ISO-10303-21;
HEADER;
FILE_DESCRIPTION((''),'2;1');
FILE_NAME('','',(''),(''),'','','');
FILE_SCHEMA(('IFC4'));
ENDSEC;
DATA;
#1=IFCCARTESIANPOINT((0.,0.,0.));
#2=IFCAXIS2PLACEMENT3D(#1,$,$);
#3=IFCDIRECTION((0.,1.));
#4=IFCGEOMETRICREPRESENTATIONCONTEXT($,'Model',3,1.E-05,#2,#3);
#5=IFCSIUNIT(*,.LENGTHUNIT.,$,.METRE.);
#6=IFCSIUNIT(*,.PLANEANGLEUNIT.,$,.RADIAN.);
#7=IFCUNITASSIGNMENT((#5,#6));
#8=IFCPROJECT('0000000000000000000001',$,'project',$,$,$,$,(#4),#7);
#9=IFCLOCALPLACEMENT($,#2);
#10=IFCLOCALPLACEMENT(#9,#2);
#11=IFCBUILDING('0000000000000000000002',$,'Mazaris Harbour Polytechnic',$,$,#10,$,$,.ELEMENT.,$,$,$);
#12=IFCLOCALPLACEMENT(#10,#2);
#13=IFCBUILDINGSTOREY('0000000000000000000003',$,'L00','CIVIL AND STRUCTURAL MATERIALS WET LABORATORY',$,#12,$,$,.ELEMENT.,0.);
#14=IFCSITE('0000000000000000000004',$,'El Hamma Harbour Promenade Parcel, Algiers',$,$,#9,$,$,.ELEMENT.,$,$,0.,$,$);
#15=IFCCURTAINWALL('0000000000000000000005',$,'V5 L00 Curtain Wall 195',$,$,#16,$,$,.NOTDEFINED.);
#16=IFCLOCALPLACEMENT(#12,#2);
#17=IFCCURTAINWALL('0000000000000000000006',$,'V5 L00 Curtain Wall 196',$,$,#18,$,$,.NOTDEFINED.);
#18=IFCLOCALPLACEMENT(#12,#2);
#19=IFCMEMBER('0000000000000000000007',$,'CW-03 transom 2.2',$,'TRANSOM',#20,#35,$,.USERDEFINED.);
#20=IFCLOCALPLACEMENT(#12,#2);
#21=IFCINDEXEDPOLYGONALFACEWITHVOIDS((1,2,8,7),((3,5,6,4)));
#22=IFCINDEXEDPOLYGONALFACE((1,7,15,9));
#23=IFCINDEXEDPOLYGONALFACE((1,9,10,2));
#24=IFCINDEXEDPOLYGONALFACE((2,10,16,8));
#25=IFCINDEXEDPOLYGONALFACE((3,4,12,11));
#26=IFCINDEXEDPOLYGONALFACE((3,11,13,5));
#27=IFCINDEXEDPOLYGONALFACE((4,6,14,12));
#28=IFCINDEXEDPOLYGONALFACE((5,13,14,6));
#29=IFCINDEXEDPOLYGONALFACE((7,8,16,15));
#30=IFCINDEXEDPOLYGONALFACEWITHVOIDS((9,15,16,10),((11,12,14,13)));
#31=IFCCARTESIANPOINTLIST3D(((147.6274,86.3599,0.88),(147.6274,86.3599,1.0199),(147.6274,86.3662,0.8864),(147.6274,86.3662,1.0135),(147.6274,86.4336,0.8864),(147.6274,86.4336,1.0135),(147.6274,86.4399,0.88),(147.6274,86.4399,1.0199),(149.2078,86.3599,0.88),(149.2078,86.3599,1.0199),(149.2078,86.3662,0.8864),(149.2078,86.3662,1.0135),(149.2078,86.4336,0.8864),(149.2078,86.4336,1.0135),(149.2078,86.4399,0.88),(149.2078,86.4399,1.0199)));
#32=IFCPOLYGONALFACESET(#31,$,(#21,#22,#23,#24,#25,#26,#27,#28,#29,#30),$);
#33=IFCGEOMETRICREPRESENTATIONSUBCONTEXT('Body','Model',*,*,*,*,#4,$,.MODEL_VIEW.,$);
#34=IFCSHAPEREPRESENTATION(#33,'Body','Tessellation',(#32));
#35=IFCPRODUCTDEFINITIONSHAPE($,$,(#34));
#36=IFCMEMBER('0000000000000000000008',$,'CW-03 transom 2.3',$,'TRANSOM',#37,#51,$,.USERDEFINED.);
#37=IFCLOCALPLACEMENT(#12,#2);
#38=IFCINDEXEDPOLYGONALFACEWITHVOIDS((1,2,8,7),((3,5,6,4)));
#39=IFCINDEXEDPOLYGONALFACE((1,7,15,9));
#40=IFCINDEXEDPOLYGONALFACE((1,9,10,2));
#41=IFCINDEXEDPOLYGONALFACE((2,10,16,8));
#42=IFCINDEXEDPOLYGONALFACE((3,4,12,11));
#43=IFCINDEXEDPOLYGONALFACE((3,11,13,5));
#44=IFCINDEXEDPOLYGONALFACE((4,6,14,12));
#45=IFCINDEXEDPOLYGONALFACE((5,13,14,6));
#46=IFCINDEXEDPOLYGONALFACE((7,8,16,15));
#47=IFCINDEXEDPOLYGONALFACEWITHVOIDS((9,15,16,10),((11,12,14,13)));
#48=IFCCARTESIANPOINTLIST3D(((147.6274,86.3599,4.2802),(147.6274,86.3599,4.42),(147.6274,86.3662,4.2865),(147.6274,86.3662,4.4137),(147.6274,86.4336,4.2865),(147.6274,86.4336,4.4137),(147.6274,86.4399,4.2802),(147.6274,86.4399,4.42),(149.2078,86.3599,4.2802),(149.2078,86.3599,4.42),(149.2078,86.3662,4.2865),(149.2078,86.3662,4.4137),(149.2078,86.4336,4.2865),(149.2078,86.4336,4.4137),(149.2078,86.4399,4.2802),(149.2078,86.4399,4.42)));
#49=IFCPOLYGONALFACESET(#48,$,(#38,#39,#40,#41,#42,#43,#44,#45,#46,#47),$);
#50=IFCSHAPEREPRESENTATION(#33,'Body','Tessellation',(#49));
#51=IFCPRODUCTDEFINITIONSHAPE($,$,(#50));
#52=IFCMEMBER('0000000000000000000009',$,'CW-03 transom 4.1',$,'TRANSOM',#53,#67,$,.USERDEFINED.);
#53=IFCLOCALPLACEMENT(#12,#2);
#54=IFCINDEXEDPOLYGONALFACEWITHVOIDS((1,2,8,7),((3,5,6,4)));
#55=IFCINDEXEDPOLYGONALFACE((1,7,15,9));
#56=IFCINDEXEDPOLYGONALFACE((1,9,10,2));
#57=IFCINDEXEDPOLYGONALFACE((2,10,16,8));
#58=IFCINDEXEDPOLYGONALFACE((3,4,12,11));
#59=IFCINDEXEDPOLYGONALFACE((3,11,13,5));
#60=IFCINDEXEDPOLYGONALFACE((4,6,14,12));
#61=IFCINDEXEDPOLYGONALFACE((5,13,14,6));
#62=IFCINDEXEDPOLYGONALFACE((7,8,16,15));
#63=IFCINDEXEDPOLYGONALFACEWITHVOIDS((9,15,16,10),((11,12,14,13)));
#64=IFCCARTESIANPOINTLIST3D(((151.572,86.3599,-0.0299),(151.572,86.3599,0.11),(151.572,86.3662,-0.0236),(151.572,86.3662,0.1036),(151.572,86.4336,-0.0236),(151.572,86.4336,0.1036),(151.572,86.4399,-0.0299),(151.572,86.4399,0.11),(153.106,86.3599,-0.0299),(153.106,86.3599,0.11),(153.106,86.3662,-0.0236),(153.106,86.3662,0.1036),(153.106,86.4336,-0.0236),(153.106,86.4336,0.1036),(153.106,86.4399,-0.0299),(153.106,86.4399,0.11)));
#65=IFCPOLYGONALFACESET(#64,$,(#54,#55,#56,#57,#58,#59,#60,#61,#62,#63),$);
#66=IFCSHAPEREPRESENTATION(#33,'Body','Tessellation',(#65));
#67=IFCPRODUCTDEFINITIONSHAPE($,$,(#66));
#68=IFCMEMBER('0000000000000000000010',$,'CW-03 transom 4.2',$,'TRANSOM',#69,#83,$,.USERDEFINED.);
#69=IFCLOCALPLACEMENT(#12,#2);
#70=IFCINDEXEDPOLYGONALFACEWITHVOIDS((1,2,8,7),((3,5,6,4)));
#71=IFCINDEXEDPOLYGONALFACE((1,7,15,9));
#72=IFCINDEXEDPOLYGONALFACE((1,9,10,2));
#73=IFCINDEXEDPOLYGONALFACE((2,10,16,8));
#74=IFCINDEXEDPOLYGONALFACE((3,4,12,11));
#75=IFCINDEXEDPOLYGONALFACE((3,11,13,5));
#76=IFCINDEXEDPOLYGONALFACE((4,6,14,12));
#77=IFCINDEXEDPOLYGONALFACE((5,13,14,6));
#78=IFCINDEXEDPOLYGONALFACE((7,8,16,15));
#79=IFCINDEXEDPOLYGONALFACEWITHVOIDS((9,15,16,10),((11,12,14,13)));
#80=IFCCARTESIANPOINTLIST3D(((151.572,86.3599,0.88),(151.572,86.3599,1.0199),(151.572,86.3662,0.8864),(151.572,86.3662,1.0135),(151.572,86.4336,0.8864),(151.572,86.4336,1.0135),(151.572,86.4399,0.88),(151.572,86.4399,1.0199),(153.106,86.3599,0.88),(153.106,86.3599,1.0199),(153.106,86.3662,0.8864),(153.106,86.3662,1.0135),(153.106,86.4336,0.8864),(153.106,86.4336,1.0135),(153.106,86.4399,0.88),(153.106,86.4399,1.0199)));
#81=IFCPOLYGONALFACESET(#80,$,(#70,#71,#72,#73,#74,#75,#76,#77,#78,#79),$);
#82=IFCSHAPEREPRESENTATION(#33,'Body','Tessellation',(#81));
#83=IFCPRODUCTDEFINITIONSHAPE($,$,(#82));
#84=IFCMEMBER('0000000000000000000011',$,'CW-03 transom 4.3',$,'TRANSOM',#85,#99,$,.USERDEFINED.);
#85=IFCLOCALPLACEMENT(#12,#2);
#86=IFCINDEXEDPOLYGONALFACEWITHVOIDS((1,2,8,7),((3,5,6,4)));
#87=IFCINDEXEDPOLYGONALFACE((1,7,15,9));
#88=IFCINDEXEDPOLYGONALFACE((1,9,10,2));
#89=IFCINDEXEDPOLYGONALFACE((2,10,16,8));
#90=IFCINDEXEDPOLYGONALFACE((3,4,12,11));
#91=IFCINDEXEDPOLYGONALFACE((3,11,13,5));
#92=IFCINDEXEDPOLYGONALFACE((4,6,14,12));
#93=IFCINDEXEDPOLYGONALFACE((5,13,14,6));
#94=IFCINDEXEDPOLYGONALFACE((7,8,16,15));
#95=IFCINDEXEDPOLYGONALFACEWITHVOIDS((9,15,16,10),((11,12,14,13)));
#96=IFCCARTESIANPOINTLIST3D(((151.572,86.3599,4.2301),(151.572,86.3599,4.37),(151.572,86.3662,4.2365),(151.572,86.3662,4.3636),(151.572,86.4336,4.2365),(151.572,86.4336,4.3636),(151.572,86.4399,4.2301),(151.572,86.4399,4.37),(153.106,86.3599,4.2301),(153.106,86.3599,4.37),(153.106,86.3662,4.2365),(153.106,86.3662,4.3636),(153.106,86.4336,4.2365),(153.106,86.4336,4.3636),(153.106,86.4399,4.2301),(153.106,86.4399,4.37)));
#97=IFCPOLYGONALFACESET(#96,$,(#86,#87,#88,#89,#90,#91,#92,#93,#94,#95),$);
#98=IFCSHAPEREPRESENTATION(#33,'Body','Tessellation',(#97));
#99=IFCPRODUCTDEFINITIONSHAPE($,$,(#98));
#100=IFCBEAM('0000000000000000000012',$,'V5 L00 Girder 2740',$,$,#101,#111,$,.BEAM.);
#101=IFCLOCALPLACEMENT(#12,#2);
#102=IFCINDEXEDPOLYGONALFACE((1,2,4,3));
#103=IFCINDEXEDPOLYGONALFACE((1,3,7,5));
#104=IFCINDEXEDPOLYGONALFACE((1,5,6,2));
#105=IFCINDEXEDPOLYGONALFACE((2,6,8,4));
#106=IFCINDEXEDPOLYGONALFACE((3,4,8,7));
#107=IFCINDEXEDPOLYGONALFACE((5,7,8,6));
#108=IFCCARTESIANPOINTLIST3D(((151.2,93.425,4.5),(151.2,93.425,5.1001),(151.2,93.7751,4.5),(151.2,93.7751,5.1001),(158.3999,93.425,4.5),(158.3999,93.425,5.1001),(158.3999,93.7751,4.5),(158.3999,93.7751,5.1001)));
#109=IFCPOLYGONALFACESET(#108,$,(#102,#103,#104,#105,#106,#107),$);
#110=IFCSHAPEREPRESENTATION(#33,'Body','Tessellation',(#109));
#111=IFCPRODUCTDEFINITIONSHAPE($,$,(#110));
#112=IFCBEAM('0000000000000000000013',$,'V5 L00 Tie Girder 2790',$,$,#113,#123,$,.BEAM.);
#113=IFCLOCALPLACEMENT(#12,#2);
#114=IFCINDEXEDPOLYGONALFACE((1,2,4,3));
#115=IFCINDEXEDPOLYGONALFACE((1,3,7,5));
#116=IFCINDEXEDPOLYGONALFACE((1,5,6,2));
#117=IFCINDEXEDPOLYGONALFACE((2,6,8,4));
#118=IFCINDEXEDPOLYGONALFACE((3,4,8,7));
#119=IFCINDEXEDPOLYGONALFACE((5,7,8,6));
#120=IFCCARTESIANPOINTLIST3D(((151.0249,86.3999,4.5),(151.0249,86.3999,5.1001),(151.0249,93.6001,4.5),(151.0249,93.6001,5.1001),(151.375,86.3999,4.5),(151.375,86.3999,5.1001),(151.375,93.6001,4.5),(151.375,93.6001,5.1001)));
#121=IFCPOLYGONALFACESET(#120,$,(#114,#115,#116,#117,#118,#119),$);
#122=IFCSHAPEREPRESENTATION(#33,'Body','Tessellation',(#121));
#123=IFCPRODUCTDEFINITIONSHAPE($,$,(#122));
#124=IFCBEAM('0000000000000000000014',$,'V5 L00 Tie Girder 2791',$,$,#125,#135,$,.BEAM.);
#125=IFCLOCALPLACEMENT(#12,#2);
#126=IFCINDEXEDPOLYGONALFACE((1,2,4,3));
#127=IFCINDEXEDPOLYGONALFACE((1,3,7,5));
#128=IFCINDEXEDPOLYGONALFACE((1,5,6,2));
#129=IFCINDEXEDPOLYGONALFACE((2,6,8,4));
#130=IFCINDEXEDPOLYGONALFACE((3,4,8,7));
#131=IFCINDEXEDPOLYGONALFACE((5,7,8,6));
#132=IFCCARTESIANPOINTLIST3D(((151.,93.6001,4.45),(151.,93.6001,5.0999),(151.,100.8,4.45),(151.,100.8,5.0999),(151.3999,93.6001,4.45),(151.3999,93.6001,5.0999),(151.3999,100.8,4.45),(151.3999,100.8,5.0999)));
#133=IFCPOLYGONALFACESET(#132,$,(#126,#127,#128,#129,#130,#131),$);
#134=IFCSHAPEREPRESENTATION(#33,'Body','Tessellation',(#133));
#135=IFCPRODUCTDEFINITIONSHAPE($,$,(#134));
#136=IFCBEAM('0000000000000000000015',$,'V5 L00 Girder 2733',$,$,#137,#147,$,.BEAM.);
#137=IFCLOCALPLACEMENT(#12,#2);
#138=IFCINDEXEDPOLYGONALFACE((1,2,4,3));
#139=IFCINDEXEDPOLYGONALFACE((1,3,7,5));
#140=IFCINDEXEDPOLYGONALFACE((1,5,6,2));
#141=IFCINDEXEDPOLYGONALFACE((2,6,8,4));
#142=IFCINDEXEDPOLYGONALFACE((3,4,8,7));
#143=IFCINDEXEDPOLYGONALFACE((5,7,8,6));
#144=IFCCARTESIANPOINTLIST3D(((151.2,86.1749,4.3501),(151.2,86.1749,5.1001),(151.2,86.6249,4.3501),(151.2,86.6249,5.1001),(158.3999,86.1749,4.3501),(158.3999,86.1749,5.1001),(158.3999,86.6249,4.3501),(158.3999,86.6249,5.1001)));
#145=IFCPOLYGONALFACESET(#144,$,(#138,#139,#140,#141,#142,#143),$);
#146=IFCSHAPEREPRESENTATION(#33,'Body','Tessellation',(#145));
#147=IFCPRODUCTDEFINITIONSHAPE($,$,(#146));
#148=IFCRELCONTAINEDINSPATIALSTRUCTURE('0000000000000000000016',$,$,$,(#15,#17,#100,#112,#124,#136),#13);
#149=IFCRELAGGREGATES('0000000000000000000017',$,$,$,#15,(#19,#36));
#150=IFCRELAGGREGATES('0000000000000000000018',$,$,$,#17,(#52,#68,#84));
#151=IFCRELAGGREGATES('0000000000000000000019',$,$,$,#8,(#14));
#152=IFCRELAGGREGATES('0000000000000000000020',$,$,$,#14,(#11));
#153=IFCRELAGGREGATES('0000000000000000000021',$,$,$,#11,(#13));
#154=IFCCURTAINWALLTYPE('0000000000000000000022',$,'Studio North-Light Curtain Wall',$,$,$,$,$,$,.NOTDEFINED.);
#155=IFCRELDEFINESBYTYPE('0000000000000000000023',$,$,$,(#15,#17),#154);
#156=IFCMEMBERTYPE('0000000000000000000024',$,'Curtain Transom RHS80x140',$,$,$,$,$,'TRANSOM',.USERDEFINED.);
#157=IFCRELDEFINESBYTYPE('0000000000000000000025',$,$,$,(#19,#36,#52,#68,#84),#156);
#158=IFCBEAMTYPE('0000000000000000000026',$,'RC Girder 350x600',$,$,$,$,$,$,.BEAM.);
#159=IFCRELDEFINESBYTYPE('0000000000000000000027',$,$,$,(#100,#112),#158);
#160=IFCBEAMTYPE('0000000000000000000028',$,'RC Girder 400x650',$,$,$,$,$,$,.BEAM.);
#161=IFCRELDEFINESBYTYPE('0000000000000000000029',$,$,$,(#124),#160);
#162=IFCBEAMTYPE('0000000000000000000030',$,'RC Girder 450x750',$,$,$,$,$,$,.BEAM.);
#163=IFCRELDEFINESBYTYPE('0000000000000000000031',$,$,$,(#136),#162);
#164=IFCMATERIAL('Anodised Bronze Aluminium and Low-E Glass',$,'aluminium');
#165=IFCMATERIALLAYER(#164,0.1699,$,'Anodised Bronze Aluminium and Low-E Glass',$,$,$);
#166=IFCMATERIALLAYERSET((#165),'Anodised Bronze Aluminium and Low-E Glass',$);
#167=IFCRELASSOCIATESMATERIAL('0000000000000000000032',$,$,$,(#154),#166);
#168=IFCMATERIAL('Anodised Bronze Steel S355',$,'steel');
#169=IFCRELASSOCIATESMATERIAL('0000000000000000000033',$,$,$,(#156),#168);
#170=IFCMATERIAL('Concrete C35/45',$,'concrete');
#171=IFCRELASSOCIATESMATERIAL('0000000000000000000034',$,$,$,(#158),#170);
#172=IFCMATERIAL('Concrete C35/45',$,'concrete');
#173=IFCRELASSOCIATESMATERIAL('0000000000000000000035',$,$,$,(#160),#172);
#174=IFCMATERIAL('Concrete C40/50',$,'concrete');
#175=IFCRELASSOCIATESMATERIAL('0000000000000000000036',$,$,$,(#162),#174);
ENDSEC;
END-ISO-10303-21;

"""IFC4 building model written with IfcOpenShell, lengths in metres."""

from ifc_helpers import new_model, si_unit, direction, frame, origin, origin_2d, place, context, subcontext, project, spatial, rectangle, hollow_rectangle, extrude, material, layer, layer_set, material_profile, profile_set, type_object, element, aggregate, save


model = new_model("IFC4")

# Units and contexts
model_context = context("Model", 3, precision=1e-05, world=origin(), true_north=direction((0.0, 1.0)))
body_context = subcontext(model_context, "Body", "Model", "MODEL_VIEW")
ifc_project = project(units=[si_unit("LENGTHUNIT", "METRE"), si_unit("PLANEANGLEUNIT", "RADIAN")], contexts=[model_context])

# Site, building, storey
site_placement = place(None, origin())
site = spatial("IfcSite", under=ifc_project, at=site_placement, Name="El Hamma Harbour Promenade Parcel, Algiers", CompositionType="ELEMENT", RefElevation=0.0)
building_placement = place(site_placement, origin())
building = spatial("IfcBuilding", under=site, at=building_placement, Name="Mazaris Harbour Polytechnic", CompositionType="ELEMENT")
storey_placement = place(building_placement, origin())
storey = spatial("IfcBuildingStorey", under=building, at=storey_placement, Name="L00", Description="CIVIL AND STRUCTURAL MATERIALS WET LABORATORY", CompositionType="ELEMENT", Elevation=0.0)

# Curtain walls
ifc_material_1 = material(Name="Anodised Bronze Aluminium and Low-E Glass", Category="aluminium")
ifc_layer_1 = layer(ifc_material_1, 0.1699, Name="Anodised Bronze Aluminium and Low-E Glass")
ifc_layer_set_1 = layer_set([ifc_layer_1], Name="Anodised Bronze Aluminium and Low-E Glass")
curtain_wall_type = type_object("IfcCurtainWallType", Name="Studio North-Light Curtain Wall", PredefinedType="NOTDEFINED", material=ifc_layer_set_1)
curtain_wall_1_placement = place(storey_placement, origin())
curtain_wall_1 = element("IfcCurtainWall", 1, at=curtain_wall_1_placement, inside=storey, type_object=curtain_wall_type, Name="V5 L00 Curtain Wall 195", PredefinedType="NOTDEFINED")
curtain_wall_2_placement = place(storey_placement, origin())
curtain_wall_2 = element("IfcCurtainWall", 2, at=curtain_wall_2_placement, inside=storey, type_object=curtain_wall_type, Name="V5 L00 Curtain Wall 196", PredefinedType="NOTDEFINED")

# Members
ifc_material_2 = material(Name="Anodised Bronze Steel S355", Category="steel")
ifc_material_profile_1 = material_profile(ifc_material_2, hollow_rectangle(XDim=0.0801, YDim=0.1399, WallThickness=0.0063, at=origin_2d()), Name="RHS 80x140x6.3")
ifc_profile_set_1 = profile_set([ifc_material_profile_1], Name="Anodised Bronze Steel S355")
member_type_1 = type_object("IfcMemberType", Name="Curtain Transom RHS80x140", ElementType="TRANSOM", PredefinedType="USERDEFINED", material=ifc_profile_set_1)
member_1_placement = place(storey_placement, frame((149.2078, 86.3999, 0.95), z_axis=(-1.0, 0.0, 0.0), x_axis=(0.0, -1.0, 0.0)))
member_1 = element("IfcMember", 3, at=member_1_placement, type_object=member_type_1, Name="CW-03 transom 2.2", ObjectType="TRANSOM", PredefinedType="USERDEFINED", context=body_context, shape_type="SweptSolid", body=[
    extrude(hollow_rectangle(XDim=0.0801, YDim=0.1399, WallThickness=0.0063, at=origin_2d()), origin(), (0.0, 0.0, 1.0), 1.5803),
])
member_2_placement = place(storey_placement, frame((149.2078, 86.3999, 4.3501), z_axis=(-1.0, 0.0, 0.0), x_axis=(0.0, -1.0, 0.0)))
member_2 = element("IfcMember", 4, at=member_2_placement, type_object=member_type_1, Name="CW-03 transom 2.3", ObjectType="TRANSOM", PredefinedType="USERDEFINED", context=body_context, shape_type="SweptSolid", body=[
    extrude(hollow_rectangle(XDim=0.0801, YDim=0.1399, WallThickness=0.0063, at=origin_2d()), origin(), (0.0, 0.0, 1.0), 1.5803),
])
member_3_placement = place(storey_placement, frame((153.106, 86.3999, 0.04), z_axis=(-1.0, 0.0, 0.0), x_axis=(0.0, -1.0, 0.0)))
member_3 = element("IfcMember", 5, at=member_3_placement, type_object=member_type_1, Name="CW-03 transom 4.1", ObjectType="TRANSOM", PredefinedType="USERDEFINED", context=body_context, shape_type="SweptSolid", body=[
    extrude(hollow_rectangle(XDim=0.0801, YDim=0.1399, WallThickness=0.0063, at=origin_2d()), origin(), (0.0, 0.0, 1.0), 1.5339),
])
member_4_placement = place(storey_placement, frame((153.106, 86.3999, 0.95), z_axis=(-1.0, 0.0, 0.0), x_axis=(0.0, -1.0, 0.0)))
member_4 = element("IfcMember", 6, at=member_4_placement, type_object=member_type_1, Name="CW-03 transom 4.2", ObjectType="TRANSOM", PredefinedType="USERDEFINED", context=body_context, shape_type="SweptSolid", body=[
    extrude(hollow_rectangle(XDim=0.0801, YDim=0.1399, WallThickness=0.0063, at=origin_2d()), origin(), (0.0, 0.0, 1.0), 1.5339),
])
member_5_placement = place(storey_placement, frame((153.106, 86.3999, 4.3), z_axis=(-1.0, 0.0, 0.0), x_axis=(0.0, -1.0, 0.0)))
member_5 = element("IfcMember", 7, at=member_5_placement, type_object=member_type_1, Name="CW-03 transom 4.3", ObjectType="TRANSOM", PredefinedType="USERDEFINED", context=body_context, shape_type="SweptSolid", body=[
    extrude(hollow_rectangle(XDim=0.0801, YDim=0.1399, WallThickness=0.0063, at=origin_2d()), origin(), (0.0, 0.0, 1.0), 1.5339),
])

# Beams
ifc_material_3 = material(Name="Concrete C35/45", Category="concrete")
ifc_material_profile_2 = material_profile(ifc_material_3, rectangle(XDim=0.3501, YDim=0.6001, at=origin_2d()), Name="RECT350x600")
ifc_profile_set_2 = profile_set([ifc_material_profile_2], Name="Concrete C35/45")
beam_type_1 = type_object("IfcBeamType", Name="RC Girder 350x600", PredefinedType="BEAM", material=ifc_profile_set_2)
beam_1_placement = place(storey_placement, frame((151.2, 93.6001, 4.8), z_axis=(1.0, 0.0, 0.0), x_axis=(0.0, 1.0, 0.0)))
element("IfcBeam", 8, at=beam_1_placement, inside=storey, type_object=beam_type_1, Name="V5 L00 Girder 2740", PredefinedType="BEAM", context=body_context, shape_type="SweptSolid", body=[
    extrude(rectangle(XDim=0.3501, YDim=0.6001, at=origin_2d()), origin(), (0.0, 0.0, 1.0), 7.2),
])
beam_2_placement = place(storey_placement, frame((151.2, 86.3999, 4.8), z_axis=(0.0, 1.0, 0.0), x_axis=(-1.0, 0.0, 0.0)))
element("IfcBeam", 9, at=beam_2_placement, inside=storey, type_object=beam_type_1, Name="V5 L00 Tie Girder 2790", PredefinedType="BEAM", context=body_context, shape_type="SweptSolid", body=[
    extrude(rectangle(XDim=0.3501, YDim=0.6001, at=origin_2d()), origin(), (0.0, 0.0, 1.0), 7.2002),
])
ifc_material_4 = material(Name="Concrete C35/45", Category="concrete")
ifc_material_profile_3 = material_profile(ifc_material_4, rectangle(XDim=0.3999, YDim=0.6499, at=origin_2d()), Name="RECT400x650")
ifc_profile_set_3 = profile_set([ifc_material_profile_3], Name="Concrete C35/45")
beam_type_2 = type_object("IfcBeamType", Name="RC Girder 400x650", PredefinedType="BEAM", material=ifc_profile_set_3)
beam_3_placement = place(storey_placement, frame((151.2, 93.6001, 4.7749), z_axis=(0.0, 1.0, 0.0), x_axis=(-1.0, 0.0, 0.0)))
element("IfcBeam", 10, at=beam_3_placement, inside=storey, type_object=beam_type_2, Name="V5 L00 Tie Girder 2791", PredefinedType="BEAM", context=body_context, shape_type="SweptSolid", body=[
    extrude(rectangle(XDim=0.3999, YDim=0.6499, at=origin_2d()), origin(), (0.0, 0.0, 1.0), 7.2),
])
ifc_material_5 = material(Name="Concrete C40/50", Category="concrete")
ifc_material_profile_4 = material_profile(ifc_material_5, rectangle(XDim=0.45, YDim=0.75, at=origin_2d()), Name="RECT450x750")
ifc_profile_set_4 = profile_set([ifc_material_profile_4], Name="Concrete C40/50")
beam_type_3 = type_object("IfcBeamType", Name="RC Girder 450x750", PredefinedType="BEAM", material=ifc_profile_set_4)
beam_4_placement = place(storey_placement, frame((151.2, 86.3999, 4.7251), z_axis=(1.0, 0.0, 0.0), x_axis=(0.0, 1.0, 0.0)))
element("IfcBeam", 11, at=beam_4_placement, inside=storey, type_object=beam_type_3, Name="V5 L00 Girder 2733", PredefinedType="BEAM", context=body_context, shape_type="SweptSolid", body=[
    extrude(rectangle(XDim=0.45, YDim=0.75, at=origin_2d()), origin(), (0.0, 0.0, 1.0), 7.2),
])

aggregate(curtain_wall_1, [member_1, member_2])
aggregate(curtain_wall_2, [member_3, member_4, member_5])

save(model, "model.ifc")
